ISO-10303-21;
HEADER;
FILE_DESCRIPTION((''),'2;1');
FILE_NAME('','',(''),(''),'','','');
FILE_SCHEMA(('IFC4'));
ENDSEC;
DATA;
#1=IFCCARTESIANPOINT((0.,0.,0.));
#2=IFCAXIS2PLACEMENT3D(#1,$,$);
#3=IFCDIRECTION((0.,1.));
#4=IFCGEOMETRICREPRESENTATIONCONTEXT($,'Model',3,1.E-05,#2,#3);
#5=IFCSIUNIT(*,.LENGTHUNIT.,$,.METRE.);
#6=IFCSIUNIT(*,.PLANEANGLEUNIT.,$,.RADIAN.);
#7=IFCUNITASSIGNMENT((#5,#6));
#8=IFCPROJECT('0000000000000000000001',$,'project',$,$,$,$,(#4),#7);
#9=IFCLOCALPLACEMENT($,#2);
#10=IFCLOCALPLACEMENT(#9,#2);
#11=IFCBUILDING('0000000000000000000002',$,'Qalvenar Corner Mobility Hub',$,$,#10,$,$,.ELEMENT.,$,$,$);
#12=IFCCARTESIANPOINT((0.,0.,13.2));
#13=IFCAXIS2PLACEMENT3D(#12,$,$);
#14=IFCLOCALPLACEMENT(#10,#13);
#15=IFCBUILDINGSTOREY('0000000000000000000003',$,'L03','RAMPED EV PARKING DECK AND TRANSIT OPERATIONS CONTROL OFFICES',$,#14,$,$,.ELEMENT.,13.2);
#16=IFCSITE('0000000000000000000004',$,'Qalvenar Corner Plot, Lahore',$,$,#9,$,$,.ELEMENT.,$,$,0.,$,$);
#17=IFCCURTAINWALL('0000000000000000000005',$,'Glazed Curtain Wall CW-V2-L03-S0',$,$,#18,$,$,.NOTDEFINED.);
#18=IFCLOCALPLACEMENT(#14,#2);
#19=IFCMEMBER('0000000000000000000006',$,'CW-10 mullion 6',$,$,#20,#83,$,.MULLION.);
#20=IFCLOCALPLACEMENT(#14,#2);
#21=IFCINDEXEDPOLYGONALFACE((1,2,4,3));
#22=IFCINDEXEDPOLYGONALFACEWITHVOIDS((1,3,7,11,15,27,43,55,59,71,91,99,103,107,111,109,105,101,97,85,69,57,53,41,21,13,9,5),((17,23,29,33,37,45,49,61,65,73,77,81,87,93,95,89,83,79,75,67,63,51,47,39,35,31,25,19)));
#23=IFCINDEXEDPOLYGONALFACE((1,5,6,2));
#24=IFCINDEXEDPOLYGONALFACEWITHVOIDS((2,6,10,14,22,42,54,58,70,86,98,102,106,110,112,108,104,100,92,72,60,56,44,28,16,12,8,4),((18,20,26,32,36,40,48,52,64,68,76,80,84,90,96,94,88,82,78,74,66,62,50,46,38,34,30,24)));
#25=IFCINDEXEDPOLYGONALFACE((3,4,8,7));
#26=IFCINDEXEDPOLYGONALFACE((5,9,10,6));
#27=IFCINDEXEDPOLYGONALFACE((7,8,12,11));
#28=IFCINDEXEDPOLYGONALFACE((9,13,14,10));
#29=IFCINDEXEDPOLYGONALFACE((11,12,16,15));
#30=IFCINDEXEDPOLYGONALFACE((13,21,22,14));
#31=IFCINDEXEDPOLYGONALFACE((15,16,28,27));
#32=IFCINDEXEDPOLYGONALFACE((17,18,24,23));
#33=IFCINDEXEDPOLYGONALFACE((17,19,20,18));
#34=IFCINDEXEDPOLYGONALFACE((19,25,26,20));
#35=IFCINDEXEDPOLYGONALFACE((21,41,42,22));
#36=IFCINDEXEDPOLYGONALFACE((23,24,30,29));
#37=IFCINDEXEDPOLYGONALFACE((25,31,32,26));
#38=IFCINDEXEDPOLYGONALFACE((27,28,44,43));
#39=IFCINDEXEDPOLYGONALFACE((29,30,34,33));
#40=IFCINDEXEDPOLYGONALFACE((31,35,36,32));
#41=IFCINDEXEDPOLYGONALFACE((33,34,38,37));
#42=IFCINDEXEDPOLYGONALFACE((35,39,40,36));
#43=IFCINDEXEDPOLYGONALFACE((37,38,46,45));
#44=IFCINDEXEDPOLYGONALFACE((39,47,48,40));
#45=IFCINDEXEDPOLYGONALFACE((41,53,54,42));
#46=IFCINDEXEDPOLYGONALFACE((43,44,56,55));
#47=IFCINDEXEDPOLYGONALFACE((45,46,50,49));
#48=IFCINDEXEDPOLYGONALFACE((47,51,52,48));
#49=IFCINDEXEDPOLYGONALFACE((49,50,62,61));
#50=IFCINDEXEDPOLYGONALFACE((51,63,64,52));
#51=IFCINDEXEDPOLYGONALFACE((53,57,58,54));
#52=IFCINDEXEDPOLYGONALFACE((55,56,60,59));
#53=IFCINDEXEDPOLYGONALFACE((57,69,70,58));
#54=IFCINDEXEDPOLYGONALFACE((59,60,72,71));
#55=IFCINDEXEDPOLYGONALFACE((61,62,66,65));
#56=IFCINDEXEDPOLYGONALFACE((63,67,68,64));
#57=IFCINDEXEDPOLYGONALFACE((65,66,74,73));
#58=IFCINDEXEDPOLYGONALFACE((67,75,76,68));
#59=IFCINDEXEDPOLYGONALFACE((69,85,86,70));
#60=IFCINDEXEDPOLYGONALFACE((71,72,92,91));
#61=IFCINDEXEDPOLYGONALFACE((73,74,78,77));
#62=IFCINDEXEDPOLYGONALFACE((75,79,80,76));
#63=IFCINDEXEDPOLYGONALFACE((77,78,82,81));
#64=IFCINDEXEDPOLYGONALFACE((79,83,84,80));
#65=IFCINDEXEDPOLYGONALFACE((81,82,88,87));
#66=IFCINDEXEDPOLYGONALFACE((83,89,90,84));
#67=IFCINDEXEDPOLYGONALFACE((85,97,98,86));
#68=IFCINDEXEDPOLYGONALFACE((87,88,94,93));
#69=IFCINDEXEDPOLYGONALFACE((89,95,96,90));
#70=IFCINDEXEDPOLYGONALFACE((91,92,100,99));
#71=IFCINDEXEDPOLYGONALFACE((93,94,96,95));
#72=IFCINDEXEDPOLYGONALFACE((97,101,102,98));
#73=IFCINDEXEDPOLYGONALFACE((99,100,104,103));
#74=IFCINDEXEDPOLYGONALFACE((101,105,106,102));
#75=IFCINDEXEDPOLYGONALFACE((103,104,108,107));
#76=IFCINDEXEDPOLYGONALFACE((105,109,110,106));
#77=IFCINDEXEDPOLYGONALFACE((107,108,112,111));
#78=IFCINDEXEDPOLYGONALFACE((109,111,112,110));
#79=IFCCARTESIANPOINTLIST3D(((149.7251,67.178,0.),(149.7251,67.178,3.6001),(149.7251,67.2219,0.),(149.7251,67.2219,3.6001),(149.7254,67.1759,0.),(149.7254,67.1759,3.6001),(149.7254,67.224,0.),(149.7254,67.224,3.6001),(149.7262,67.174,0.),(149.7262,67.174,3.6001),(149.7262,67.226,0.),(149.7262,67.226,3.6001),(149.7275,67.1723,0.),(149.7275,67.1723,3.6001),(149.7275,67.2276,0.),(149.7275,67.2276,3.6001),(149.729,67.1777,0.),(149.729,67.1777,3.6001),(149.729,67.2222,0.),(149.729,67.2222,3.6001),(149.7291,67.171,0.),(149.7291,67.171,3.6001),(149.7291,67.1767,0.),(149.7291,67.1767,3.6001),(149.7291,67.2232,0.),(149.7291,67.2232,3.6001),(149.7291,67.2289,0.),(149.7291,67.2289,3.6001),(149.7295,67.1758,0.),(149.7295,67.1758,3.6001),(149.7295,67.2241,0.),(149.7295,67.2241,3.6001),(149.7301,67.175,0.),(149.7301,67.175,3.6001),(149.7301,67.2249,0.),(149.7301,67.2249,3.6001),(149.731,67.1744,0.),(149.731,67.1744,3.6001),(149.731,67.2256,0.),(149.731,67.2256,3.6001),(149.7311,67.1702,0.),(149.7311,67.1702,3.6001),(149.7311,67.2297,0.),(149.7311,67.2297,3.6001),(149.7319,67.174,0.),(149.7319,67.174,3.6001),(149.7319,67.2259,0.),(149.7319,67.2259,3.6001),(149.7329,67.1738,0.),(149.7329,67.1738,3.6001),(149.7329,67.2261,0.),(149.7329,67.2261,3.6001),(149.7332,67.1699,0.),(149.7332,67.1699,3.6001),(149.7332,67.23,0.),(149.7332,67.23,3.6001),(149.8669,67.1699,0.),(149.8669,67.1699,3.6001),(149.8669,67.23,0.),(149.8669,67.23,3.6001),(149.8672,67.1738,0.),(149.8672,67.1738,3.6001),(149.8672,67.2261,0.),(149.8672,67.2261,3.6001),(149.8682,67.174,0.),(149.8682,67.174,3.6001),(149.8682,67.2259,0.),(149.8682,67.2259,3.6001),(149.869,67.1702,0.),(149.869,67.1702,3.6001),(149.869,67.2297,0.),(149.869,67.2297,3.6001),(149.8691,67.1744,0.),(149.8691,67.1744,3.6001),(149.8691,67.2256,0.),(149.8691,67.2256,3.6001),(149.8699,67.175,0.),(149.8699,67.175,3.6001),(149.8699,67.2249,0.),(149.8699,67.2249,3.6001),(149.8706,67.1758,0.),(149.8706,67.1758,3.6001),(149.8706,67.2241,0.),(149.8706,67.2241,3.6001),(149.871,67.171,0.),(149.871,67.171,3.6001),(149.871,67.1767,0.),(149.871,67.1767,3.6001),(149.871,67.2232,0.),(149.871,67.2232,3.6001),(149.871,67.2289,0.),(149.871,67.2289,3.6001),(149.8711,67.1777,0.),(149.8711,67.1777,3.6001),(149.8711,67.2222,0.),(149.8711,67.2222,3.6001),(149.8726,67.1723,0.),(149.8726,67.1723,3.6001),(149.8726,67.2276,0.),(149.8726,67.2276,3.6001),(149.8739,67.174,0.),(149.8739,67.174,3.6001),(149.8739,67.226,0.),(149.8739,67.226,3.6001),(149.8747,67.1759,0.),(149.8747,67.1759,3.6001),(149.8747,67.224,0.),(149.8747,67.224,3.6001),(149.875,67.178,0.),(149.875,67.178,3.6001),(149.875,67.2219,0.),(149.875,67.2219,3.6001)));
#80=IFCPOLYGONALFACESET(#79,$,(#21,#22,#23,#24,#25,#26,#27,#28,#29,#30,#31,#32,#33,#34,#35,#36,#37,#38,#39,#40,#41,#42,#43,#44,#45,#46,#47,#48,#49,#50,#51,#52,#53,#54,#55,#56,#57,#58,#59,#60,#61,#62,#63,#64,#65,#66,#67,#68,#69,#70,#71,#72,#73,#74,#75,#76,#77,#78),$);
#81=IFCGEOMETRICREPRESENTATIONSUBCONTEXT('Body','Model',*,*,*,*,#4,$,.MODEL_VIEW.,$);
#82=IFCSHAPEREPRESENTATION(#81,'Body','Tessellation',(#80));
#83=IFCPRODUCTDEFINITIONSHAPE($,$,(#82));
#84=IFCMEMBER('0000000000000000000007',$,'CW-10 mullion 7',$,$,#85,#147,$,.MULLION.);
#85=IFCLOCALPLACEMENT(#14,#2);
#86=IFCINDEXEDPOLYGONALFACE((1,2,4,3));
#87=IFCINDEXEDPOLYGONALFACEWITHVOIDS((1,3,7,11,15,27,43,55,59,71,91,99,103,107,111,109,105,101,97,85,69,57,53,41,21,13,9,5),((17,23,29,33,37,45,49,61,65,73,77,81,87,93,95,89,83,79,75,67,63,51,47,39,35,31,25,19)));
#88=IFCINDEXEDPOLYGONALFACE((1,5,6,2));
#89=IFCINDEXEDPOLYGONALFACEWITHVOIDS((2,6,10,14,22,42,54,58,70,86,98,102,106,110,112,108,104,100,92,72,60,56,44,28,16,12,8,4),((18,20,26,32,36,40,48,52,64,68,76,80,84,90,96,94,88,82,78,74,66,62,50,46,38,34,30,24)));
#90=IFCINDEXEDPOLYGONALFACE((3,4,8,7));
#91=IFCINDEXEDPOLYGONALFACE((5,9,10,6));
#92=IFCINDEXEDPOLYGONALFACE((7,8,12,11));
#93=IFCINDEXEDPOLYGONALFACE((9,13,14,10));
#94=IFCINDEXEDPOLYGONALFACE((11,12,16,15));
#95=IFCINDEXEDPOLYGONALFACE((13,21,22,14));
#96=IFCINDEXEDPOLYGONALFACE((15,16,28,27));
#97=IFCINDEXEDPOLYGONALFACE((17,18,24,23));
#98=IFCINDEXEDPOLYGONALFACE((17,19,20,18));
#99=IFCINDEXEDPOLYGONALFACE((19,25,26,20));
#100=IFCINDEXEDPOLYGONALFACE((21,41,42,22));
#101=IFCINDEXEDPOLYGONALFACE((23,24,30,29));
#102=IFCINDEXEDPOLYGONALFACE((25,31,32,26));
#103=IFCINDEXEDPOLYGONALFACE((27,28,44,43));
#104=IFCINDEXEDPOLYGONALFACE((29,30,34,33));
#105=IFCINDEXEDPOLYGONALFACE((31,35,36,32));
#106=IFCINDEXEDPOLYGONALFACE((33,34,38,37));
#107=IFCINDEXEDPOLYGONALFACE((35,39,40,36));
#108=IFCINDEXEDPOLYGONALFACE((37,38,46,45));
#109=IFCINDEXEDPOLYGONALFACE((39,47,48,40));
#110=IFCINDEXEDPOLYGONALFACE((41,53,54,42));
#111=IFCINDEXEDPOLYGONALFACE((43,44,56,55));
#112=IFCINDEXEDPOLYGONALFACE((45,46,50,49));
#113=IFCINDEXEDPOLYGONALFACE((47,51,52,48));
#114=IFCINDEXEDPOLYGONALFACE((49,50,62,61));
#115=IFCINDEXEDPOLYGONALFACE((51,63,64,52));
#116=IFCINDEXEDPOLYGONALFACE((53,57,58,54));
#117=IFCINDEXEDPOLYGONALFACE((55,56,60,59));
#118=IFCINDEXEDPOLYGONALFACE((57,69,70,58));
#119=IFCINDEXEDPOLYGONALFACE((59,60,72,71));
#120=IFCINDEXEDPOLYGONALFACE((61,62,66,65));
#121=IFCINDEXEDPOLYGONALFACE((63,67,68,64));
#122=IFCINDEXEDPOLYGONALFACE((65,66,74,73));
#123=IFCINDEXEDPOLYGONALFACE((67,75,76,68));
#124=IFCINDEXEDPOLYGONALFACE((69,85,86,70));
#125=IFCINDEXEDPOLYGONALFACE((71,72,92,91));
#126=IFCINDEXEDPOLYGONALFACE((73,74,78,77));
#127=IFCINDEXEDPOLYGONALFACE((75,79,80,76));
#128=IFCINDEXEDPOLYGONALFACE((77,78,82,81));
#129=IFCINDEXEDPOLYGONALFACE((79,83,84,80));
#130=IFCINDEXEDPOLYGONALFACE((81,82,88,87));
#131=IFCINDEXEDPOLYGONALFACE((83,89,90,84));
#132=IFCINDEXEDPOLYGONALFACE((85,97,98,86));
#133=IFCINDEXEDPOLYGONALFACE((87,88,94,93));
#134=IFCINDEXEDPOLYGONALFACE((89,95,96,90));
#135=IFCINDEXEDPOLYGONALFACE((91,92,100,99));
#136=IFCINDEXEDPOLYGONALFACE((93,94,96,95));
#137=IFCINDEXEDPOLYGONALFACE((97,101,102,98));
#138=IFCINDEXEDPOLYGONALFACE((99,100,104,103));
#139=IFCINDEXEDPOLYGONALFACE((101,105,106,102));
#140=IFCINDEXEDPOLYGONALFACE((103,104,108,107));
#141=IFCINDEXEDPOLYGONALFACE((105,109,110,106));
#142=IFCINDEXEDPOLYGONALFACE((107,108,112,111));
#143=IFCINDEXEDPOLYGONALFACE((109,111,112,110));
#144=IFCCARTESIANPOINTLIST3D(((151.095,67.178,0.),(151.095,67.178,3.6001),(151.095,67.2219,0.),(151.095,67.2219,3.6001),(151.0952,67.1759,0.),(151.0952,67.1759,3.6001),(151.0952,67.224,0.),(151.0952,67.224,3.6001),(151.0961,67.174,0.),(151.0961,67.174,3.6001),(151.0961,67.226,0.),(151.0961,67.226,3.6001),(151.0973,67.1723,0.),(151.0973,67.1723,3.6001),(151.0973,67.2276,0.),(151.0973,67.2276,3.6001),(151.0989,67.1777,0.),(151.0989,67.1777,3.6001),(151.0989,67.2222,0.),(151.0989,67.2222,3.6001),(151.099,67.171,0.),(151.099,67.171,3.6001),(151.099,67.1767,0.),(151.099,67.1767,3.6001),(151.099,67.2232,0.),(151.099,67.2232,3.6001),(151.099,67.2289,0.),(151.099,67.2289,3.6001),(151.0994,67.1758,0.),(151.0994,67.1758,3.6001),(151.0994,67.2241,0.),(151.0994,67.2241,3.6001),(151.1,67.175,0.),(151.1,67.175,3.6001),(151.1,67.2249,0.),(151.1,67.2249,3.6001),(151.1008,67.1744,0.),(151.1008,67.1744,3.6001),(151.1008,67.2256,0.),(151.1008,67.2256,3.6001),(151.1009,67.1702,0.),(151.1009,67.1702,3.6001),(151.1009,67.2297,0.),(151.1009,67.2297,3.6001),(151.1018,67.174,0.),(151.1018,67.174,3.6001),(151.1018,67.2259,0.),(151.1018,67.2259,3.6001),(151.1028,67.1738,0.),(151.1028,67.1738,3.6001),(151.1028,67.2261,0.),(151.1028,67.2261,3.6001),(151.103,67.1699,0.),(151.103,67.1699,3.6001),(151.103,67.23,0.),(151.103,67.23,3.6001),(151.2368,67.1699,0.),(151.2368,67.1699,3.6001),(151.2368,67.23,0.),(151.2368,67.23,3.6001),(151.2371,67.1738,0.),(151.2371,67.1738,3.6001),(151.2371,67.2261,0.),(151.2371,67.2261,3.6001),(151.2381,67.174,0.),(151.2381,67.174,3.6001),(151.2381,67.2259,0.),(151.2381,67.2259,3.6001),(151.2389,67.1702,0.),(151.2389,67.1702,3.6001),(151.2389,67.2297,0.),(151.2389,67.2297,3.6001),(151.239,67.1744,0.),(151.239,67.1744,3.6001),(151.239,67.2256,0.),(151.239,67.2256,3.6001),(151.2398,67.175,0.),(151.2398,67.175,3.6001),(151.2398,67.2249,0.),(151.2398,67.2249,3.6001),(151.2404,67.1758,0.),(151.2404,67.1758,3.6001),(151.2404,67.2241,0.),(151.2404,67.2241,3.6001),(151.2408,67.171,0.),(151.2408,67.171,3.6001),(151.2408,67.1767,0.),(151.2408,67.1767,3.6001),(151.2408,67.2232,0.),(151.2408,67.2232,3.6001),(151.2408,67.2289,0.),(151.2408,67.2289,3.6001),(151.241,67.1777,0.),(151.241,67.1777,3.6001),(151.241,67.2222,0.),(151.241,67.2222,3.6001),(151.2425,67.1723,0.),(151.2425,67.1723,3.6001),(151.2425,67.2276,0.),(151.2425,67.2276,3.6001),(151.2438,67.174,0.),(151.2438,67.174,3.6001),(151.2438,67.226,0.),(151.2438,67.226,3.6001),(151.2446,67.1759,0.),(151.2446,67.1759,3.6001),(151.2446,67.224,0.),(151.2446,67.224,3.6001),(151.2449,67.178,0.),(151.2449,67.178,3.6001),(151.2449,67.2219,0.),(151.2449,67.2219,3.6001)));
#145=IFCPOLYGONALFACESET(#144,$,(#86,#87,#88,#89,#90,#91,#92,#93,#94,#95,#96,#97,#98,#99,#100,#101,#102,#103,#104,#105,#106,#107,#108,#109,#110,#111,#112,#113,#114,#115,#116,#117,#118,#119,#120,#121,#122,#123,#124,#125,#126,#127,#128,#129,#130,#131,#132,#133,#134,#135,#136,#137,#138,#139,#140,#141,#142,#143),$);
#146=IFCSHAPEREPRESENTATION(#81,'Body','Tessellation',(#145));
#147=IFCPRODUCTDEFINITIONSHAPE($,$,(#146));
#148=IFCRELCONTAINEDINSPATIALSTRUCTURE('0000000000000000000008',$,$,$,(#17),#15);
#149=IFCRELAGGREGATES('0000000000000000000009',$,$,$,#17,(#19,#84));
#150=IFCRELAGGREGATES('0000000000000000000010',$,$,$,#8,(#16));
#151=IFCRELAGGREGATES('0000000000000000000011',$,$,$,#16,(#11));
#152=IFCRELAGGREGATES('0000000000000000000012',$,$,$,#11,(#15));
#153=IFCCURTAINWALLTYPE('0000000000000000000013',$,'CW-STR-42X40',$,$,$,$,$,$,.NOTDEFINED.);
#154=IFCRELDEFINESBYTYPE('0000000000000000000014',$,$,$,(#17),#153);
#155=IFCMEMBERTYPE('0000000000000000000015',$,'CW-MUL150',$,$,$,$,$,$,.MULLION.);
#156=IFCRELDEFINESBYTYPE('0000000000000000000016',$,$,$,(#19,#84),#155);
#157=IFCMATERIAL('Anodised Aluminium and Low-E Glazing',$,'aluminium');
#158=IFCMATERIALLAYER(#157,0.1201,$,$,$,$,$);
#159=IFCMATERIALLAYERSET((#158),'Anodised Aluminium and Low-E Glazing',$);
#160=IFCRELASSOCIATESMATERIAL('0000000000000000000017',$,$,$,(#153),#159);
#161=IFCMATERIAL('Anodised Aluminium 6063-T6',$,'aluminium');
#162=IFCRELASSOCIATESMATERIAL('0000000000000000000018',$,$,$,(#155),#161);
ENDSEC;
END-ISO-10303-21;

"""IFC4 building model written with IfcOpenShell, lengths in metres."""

from ifc_helpers import new_model, si_unit, direction, frame, origin, origin_2d, place, context, subcontext, project, spatial, hollow_rectangle, extrude, material, layer, layer_set, material_profile, profile_set, type_object, element, aggregate, save


model = new_model("IFC4")

# Units and contexts
model_context = context("Model", 3, precision=1e-05, world=origin(), true_north=direction((0.0, 1.0)))
body_context = subcontext(model_context, "Body", "Model", "MODEL_VIEW")
ifc_project = project(units=[si_unit("LENGTHUNIT", "METRE"), si_unit("PLANEANGLEUNIT", "RADIAN")], contexts=[model_context])

# Site, building, storey
site_placement = place(None, origin())
site = spatial("IfcSite", under=ifc_project, at=site_placement, Name="Qalvenar Corner Plot, Lahore", CompositionType="ELEMENT", RefElevation=0.0)
building_placement = place(site_placement, origin())
building = spatial("IfcBuilding", under=site, at=building_placement, Name="Qalvenar Corner Mobility Hub", CompositionType="ELEMENT")
storey_placement = place(building_placement, frame((0.0, 0.0, 13.2)))
storey = spatial("IfcBuildingStorey", under=building, at=storey_placement, Name="L03", Description="RAMPED EV PARKING DECK AND TRANSIT OPERATIONS CONTROL OFFICES", CompositionType="ELEMENT", Elevation=13.2)

# Curtain wall, members
ifc_material_1 = material(Name="Anodised Aluminium and Low-E Glazing", Category="aluminium")
ifc_layer_1 = layer(ifc_material_1, 0.1201)
ifc_layer_set_1 = layer_set([ifc_layer_1], Name="Anodised Aluminium and Low-E Glazing")
curtain_wall_type = type_object("IfcCurtainWallType", Name="CW-STR-42X40", PredefinedType="NOTDEFINED", material=ifc_layer_set_1)
curtain_wall_1_placement = place(storey_placement, origin())
curtain_wall_1 = element("IfcCurtainWall", 1, at=curtain_wall_1_placement, inside=storey, type_object=curtain_wall_type, Name="Glazed Curtain Wall CW-V2-L03-S0", PredefinedType="NOTDEFINED")
ifc_material_2 = material(Name="Anodised Aluminium 6063-T6", Category="aluminium")
ifc_material_profile_1 = material_profile(ifc_material_2, hollow_rectangle(XDim=0.0601, YDim=0.1499, WallThickness=0.0039, InnerFilletRadius=0.0039, OuterFilletRadius=0.0081, at=origin_2d()), Name="RHS150x60x4")
ifc_profile_set_1 = profile_set([ifc_material_profile_1], Name="Anodised Aluminium 6063-T6")
member_type_1 = type_object("IfcMemberType", Name="CW-MUL150", PredefinedType="MULLION", material=ifc_profile_set_1)
member_1_placement = place(storey_placement, frame((149.8, 67.2, 0.0), z_axis=(0.0, 0.0, 1.0), x_axis=(0.0, 1.0, 0.0)))
member_1 = element("IfcMember", 2, at=member_1_placement, type_object=member_type_1, Name="CW-10 mullion 6", PredefinedType="MULLION", context=body_context, shape_type="SweptSolid", body=[
    extrude(hollow_rectangle(XDim=0.0601, YDim=0.1499, WallThickness=0.0039, InnerFilletRadius=0.0039, OuterFilletRadius=0.0081, at=origin_2d()), origin(), (0.0, 0.0, 1.0), 3.6001),
])
member_2_placement = place(storey_placement, frame((151.1699, 67.2, 0.0), z_axis=(0.0, 0.0, 1.0), x_axis=(0.0, 1.0, 0.0)))
member_2 = element("IfcMember", 3, at=member_2_placement, type_object=member_type_1, Name="CW-10 mullion 7", PredefinedType="MULLION", context=body_context, shape_type="SweptSolid", body=[
    extrude(hollow_rectangle(XDim=0.0601, YDim=0.1499, WallThickness=0.0039, InnerFilletRadius=0.0039, OuterFilletRadius=0.0081, at=origin_2d()), origin(), (0.0, 0.0, 1.0), 3.6001),
])

aggregate(curtain_wall_1, [member_1, member_2])

save(model, "model.ifc")
